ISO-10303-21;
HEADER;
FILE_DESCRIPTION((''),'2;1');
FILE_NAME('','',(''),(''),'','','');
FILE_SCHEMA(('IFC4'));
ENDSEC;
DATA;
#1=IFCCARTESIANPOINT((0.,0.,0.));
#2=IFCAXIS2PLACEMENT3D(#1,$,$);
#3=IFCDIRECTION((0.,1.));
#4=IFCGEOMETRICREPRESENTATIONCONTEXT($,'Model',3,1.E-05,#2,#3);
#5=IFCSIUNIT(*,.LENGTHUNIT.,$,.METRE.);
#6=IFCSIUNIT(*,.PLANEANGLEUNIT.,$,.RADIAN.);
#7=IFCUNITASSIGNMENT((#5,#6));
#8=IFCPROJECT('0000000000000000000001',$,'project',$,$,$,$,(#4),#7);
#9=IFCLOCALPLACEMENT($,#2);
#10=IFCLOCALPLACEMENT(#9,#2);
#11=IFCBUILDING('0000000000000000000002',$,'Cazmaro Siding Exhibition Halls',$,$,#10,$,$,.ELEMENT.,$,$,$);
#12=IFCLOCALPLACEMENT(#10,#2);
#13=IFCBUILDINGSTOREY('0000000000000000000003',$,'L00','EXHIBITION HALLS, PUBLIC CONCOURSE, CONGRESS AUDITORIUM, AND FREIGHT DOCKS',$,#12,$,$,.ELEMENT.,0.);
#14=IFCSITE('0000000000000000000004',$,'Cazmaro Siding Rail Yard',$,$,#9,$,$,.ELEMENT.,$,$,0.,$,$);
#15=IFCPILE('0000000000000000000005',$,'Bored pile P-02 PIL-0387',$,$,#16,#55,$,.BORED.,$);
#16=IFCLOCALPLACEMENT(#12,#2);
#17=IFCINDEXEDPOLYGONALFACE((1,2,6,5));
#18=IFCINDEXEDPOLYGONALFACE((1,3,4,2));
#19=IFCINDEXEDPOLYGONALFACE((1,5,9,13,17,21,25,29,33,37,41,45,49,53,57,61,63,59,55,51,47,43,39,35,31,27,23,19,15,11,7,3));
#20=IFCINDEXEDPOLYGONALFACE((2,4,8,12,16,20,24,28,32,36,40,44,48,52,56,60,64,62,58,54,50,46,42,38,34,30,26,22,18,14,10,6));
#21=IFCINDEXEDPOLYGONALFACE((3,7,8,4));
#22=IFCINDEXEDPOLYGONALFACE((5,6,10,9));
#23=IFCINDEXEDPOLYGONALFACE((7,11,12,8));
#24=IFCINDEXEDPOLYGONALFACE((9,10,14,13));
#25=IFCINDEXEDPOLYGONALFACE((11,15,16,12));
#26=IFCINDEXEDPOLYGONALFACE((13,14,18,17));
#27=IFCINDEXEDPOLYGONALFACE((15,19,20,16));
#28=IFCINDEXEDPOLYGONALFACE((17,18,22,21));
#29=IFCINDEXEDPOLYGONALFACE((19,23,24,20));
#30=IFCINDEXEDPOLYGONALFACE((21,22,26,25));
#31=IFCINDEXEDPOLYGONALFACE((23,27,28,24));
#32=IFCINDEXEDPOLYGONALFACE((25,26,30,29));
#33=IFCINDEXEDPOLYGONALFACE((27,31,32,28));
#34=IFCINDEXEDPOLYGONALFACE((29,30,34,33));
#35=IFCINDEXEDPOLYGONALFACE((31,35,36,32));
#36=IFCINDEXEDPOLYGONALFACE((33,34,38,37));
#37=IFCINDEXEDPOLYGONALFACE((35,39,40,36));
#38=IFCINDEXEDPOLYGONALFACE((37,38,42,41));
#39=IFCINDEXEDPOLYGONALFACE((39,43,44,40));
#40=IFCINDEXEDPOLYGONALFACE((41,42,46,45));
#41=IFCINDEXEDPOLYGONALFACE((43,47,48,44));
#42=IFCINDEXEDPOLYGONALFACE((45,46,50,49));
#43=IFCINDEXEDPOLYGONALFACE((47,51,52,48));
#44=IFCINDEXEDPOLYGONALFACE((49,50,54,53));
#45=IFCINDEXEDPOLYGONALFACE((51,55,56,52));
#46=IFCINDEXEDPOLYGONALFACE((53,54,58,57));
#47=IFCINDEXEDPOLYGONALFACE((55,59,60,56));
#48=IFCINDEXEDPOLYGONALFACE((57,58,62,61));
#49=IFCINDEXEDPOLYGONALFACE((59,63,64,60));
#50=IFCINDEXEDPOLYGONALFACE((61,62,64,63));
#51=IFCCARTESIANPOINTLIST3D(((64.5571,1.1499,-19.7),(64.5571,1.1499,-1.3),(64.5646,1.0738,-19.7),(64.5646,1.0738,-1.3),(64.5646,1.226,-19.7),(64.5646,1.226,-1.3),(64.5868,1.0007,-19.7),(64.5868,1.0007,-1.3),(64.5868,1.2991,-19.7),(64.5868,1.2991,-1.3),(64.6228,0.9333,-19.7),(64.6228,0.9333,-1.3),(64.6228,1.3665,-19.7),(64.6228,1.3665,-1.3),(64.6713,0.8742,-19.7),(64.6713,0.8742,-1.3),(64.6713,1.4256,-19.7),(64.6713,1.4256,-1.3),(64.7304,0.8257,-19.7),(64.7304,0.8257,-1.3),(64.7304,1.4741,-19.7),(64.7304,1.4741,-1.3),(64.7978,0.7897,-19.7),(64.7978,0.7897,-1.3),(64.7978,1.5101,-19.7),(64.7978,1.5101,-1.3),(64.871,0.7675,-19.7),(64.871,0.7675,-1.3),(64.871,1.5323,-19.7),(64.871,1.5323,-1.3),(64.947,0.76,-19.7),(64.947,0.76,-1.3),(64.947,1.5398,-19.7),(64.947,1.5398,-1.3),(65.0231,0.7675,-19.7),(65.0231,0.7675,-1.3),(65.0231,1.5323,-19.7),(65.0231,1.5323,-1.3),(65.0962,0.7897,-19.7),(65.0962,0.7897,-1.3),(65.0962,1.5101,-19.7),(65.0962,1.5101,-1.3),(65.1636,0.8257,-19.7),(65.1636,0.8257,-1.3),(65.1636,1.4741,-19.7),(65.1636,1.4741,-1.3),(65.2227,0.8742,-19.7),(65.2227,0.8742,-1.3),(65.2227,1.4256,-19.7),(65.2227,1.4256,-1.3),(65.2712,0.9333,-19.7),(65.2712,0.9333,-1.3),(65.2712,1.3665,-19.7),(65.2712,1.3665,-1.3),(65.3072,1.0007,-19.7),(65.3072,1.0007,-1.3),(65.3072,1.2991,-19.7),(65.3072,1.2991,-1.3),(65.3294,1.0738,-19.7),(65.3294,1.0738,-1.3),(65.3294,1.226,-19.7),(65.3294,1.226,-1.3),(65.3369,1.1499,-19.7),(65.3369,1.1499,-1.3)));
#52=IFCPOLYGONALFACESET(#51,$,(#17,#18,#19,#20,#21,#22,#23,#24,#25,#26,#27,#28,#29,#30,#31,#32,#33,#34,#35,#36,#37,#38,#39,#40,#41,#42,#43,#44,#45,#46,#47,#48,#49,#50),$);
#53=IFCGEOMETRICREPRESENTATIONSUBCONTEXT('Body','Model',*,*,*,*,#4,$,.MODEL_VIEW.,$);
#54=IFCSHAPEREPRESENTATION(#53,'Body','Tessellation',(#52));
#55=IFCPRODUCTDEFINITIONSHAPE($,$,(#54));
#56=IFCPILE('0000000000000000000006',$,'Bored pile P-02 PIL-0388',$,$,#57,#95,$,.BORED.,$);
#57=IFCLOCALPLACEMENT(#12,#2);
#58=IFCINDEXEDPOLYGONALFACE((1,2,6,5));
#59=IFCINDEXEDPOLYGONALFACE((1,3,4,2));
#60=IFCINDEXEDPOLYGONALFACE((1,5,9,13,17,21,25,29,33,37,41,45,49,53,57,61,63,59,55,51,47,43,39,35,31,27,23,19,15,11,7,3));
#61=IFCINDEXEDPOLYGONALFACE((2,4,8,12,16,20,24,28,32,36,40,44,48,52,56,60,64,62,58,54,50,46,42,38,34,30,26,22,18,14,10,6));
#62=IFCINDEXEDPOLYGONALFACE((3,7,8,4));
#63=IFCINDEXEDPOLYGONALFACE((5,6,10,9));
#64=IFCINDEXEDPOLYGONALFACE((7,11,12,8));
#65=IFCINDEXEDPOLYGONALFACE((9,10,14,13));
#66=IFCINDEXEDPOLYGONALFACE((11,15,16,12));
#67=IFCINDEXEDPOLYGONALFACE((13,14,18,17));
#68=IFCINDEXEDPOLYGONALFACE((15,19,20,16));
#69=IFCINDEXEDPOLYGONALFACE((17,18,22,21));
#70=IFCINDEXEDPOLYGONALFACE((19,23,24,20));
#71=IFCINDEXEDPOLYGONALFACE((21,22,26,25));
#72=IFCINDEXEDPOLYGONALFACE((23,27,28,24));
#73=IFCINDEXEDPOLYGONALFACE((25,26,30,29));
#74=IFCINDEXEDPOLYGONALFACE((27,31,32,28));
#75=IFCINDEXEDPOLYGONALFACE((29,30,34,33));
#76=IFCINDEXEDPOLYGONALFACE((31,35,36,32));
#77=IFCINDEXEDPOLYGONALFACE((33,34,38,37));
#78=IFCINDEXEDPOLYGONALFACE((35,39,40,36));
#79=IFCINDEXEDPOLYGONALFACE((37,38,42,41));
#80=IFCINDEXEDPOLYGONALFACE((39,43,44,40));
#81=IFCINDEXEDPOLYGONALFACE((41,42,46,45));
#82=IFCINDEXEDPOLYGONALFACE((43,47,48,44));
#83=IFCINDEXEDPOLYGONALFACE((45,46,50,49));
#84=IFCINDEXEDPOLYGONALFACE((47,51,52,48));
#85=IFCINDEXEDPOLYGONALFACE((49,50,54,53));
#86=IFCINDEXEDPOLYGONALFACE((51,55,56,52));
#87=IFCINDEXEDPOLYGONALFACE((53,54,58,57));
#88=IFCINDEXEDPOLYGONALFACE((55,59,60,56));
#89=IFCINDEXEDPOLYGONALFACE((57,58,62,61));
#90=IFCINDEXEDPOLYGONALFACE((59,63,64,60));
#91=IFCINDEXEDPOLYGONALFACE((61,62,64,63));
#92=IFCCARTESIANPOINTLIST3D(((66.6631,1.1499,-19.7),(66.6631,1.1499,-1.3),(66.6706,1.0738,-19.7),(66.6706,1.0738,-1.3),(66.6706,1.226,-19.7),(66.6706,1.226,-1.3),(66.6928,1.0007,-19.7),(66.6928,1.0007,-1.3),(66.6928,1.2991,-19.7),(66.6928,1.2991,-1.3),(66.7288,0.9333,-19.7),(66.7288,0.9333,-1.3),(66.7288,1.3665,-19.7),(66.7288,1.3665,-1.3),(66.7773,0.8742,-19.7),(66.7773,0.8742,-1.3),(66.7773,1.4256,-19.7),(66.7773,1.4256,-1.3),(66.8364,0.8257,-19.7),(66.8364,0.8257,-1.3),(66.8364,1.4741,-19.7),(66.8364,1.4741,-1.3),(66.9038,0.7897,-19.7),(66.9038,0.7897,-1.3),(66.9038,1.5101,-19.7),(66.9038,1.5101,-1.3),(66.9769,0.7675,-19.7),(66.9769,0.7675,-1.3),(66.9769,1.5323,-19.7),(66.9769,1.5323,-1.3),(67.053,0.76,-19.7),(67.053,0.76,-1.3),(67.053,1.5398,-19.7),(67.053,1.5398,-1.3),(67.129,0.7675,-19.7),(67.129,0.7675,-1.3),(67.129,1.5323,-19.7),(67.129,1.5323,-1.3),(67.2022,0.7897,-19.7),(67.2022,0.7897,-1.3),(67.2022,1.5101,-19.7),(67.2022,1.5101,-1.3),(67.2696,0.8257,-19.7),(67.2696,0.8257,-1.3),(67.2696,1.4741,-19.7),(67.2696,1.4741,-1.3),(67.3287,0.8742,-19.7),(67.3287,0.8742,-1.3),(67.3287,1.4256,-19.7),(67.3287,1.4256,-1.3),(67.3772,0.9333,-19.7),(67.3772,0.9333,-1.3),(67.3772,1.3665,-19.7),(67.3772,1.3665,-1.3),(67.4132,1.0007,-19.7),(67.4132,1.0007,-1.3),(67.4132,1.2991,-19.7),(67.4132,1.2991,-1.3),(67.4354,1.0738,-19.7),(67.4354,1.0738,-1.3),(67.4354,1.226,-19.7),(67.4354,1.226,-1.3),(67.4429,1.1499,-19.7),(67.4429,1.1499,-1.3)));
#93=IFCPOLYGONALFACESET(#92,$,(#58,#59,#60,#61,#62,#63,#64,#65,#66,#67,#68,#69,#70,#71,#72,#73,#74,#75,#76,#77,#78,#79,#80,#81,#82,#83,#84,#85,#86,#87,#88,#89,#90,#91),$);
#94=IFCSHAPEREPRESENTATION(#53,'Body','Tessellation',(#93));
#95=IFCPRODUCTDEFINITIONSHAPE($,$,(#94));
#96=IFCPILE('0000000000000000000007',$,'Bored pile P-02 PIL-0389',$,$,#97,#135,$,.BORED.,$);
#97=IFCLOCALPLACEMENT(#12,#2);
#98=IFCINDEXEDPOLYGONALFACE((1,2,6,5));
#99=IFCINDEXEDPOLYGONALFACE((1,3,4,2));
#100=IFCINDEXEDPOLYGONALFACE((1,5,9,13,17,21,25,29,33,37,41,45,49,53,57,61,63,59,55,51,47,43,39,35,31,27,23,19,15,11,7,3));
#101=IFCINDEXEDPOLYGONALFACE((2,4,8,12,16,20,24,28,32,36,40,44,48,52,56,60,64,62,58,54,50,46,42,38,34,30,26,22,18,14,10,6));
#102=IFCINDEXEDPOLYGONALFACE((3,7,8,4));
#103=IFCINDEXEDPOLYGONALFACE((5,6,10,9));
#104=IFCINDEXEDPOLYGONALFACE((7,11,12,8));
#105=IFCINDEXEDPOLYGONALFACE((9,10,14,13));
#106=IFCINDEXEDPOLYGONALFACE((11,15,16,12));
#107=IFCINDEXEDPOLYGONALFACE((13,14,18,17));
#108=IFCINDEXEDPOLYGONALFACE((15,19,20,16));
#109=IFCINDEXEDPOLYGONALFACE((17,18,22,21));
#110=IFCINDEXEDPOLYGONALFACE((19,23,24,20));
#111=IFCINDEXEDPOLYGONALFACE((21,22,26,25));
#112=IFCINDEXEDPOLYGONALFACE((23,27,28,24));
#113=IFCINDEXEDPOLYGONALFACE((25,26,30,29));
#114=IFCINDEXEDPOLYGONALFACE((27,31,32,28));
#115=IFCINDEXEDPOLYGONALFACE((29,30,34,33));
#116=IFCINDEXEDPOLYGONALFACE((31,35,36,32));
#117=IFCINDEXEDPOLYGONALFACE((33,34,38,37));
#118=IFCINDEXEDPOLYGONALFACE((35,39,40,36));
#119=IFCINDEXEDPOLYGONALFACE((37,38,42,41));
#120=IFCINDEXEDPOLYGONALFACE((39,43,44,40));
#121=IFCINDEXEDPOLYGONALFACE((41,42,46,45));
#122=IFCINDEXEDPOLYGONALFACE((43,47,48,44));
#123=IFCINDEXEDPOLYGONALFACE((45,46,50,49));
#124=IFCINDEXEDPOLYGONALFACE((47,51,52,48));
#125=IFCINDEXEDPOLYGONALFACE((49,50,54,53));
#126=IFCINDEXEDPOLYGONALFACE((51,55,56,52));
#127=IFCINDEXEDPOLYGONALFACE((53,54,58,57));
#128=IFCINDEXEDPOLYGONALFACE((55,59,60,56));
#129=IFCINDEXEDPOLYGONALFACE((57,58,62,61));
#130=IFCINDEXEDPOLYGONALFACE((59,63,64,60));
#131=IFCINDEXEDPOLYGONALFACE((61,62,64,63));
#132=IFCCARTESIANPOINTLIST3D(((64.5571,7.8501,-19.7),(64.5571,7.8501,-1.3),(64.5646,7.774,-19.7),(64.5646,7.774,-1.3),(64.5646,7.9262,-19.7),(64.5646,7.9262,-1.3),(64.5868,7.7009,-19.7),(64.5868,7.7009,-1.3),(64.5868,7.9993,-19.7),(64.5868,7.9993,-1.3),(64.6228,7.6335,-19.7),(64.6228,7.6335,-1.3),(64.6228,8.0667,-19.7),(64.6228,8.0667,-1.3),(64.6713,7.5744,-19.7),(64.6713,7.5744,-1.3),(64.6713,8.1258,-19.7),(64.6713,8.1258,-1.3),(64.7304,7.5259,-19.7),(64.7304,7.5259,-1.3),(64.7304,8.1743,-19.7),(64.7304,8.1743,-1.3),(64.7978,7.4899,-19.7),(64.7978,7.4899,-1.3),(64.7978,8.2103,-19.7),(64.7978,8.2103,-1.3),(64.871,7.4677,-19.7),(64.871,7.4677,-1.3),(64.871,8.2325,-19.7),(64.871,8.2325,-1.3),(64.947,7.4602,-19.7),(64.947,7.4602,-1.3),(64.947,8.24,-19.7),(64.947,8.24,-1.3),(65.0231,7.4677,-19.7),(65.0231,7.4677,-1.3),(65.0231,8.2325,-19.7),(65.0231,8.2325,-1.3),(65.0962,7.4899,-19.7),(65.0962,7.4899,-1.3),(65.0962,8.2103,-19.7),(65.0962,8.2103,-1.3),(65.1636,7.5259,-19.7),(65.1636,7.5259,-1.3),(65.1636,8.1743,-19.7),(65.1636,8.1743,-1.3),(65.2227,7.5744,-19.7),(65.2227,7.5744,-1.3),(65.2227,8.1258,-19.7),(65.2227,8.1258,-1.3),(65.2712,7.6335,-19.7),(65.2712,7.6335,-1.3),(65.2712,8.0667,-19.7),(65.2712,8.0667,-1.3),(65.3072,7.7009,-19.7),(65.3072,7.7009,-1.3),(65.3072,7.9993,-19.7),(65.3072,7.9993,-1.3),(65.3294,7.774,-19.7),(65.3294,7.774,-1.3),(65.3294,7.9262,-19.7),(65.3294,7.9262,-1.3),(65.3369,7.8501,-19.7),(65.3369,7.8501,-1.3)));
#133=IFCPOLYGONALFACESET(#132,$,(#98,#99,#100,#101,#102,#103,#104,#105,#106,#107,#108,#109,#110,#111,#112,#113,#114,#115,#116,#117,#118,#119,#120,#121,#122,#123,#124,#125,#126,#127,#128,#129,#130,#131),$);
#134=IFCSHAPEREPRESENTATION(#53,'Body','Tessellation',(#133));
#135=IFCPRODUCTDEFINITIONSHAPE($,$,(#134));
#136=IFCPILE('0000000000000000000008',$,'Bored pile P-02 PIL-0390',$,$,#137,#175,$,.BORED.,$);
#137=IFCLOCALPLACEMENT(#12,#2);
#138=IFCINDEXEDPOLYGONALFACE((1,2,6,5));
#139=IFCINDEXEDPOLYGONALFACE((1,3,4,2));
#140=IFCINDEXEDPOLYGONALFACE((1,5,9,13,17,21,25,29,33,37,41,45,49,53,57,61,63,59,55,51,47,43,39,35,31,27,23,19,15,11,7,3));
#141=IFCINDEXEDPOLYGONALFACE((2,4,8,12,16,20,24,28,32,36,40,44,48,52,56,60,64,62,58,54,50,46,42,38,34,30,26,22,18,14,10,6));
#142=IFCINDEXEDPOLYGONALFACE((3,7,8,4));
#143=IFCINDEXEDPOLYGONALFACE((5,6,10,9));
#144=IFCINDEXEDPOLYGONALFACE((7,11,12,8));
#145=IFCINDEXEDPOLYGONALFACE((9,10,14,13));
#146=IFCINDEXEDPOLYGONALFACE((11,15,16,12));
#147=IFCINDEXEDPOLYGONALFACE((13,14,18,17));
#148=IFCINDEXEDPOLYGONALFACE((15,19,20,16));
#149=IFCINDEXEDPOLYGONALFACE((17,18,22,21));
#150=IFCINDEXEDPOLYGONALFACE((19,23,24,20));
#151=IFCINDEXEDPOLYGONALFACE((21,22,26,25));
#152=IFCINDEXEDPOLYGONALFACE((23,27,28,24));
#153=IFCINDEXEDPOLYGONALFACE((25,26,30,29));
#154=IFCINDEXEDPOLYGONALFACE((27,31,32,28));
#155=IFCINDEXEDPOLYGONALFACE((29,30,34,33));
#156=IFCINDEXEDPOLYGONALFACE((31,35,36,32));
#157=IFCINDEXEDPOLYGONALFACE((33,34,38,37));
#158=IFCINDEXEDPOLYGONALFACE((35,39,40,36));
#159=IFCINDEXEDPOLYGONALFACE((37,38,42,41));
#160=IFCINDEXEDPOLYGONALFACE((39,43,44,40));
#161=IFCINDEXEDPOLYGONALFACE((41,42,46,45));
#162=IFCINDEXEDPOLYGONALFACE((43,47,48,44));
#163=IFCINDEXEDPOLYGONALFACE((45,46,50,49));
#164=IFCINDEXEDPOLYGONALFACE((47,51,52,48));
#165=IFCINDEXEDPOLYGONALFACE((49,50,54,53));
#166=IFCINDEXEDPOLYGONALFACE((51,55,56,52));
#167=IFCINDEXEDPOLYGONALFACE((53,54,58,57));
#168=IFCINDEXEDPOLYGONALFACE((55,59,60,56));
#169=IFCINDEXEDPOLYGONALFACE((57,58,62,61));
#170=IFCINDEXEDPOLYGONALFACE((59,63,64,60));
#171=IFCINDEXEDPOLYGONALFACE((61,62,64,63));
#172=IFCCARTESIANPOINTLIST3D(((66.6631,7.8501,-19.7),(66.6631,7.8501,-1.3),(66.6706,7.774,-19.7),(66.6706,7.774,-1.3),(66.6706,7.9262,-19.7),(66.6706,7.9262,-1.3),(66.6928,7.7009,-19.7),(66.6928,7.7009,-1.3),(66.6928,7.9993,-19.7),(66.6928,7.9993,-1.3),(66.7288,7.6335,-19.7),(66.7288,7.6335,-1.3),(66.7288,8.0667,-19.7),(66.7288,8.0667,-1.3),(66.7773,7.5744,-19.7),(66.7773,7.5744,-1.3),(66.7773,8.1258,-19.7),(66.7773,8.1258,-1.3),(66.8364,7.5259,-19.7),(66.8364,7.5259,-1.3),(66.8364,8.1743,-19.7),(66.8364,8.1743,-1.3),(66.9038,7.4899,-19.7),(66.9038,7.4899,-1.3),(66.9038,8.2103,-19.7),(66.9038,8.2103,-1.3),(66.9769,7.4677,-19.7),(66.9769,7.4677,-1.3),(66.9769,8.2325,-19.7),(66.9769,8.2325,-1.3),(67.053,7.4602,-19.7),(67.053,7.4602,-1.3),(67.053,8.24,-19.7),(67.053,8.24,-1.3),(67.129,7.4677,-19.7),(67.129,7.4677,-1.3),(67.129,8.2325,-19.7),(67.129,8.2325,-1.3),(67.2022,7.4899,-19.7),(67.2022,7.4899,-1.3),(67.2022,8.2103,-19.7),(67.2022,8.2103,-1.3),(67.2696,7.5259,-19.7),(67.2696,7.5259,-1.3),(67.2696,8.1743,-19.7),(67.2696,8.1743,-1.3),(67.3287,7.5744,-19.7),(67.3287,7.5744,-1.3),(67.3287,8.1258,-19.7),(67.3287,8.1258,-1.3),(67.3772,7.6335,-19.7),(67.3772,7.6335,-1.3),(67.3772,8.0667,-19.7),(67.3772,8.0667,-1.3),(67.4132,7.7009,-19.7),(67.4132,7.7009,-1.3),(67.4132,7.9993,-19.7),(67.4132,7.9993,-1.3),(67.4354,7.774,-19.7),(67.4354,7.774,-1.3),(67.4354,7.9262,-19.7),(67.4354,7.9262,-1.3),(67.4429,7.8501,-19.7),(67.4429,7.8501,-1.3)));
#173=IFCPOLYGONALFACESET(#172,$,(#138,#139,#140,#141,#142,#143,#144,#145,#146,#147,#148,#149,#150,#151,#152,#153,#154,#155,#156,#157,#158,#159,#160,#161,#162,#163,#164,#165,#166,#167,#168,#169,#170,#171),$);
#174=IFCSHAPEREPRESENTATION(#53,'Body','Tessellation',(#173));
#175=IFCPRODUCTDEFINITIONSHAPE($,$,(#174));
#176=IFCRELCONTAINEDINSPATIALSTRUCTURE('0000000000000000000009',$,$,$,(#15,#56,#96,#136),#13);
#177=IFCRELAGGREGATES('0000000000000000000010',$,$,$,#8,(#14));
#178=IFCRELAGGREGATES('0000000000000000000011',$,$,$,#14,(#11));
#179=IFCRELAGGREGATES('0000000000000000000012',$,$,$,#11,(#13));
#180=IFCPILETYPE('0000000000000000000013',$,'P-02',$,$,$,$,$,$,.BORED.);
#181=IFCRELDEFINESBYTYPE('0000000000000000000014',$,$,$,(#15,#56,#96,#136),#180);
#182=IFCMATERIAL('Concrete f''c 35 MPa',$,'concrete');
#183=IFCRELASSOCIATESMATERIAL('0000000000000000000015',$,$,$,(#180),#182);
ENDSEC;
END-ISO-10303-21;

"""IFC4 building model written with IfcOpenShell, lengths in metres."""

from ifc_helpers import new_model, si_unit, direction, frame, origin, origin_2d, place, context, subcontext, project, spatial, circle, extrude, material, material_profile, profile_set, type_object, element, save


model = new_model("IFC4")

# Units and contexts
model_context = context("Model", 3, precision=1e-05, world=origin(), true_north=direction((0.0, 1.0)))
body_context = subcontext(model_context, "Body", "Model", "MODEL_VIEW")
ifc_project = project(units=[si_unit("LENGTHUNIT", "METRE"), si_unit("PLANEANGLEUNIT", "RADIAN")], contexts=[model_context])

# Site, building, storey
site_placement = place(None, origin())
site = spatial("IfcSite", under=ifc_project, at=site_placement, Name="Cazmaro Siding Rail Yard", CompositionType="ELEMENT", RefElevation=0.0)
building_placement = place(site_placement, origin())
building = spatial("IfcBuilding", under=site, at=building_placement, Name="Cazmaro Siding Exhibition Halls", CompositionType="ELEMENT")
storey_placement = place(building_placement, origin())
storey = spatial("IfcBuildingStorey", under=building, at=storey_placement, Name="L00", Description="EXHIBITION HALLS, PUBLIC CONCOURSE, CONGRESS AUDITORIUM, AND FREIGHT DOCKS", CompositionType="ELEMENT", Elevation=0.0)

# Piles
ifc_material_1 = material(Name="Concrete f'c 35 MPa", Category="concrete")
ifc_material_profile_1 = material_profile(ifc_material_1, circle(Radius=0.3899, at=origin_2d()), Name="CIDH-780")
ifc_profile_set_1 = profile_set([ifc_material_profile_1], Name="Concrete f'c 35 MPa")
pile_type_1 = type_object("IfcPileType", Name="P-02", PredefinedType="BORED", material=ifc_profile_set_1)
for number, where, z_axis, x_axis, name in (
    (1, (64.947, 1.1499, -1.3), (0.0, 0.0, -1.0), (1.0, 0.0, 0.0), "Bored pile P-02 PIL-0387"),
    (2, (67.053, 1.1499, -1.3), (0.0, 0.0, -1.0), (1.0, 0.0, 0.0), "Bored pile P-02 PIL-0388"),
    (3, (64.947, 7.8501, -1.3), (0.0, 0.0, -1.0), (1.0, 0.0, 0.0), "Bored pile P-02 PIL-0389"),
    (4, (67.053, 7.8501, -1.3), (0.0, 0.0, -1.0), (1.0, 0.0, 0.0), "Bored pile P-02 PIL-0390"),
):
    element("IfcPile", number, at=place(storey_placement, frame(where, z_axis=z_axis, x_axis=x_axis)), inside=storey, type_object=pile_type_1, Name=name, PredefinedType="BORED", context=body_context, shape_type="SweptSolid", body=[
        extrude(circle(Radius=0.3899, at=origin_2d()), origin(), (0.0, 0.0, 1.0), 18.3999),
    ])

save(model, "model.ifc")
